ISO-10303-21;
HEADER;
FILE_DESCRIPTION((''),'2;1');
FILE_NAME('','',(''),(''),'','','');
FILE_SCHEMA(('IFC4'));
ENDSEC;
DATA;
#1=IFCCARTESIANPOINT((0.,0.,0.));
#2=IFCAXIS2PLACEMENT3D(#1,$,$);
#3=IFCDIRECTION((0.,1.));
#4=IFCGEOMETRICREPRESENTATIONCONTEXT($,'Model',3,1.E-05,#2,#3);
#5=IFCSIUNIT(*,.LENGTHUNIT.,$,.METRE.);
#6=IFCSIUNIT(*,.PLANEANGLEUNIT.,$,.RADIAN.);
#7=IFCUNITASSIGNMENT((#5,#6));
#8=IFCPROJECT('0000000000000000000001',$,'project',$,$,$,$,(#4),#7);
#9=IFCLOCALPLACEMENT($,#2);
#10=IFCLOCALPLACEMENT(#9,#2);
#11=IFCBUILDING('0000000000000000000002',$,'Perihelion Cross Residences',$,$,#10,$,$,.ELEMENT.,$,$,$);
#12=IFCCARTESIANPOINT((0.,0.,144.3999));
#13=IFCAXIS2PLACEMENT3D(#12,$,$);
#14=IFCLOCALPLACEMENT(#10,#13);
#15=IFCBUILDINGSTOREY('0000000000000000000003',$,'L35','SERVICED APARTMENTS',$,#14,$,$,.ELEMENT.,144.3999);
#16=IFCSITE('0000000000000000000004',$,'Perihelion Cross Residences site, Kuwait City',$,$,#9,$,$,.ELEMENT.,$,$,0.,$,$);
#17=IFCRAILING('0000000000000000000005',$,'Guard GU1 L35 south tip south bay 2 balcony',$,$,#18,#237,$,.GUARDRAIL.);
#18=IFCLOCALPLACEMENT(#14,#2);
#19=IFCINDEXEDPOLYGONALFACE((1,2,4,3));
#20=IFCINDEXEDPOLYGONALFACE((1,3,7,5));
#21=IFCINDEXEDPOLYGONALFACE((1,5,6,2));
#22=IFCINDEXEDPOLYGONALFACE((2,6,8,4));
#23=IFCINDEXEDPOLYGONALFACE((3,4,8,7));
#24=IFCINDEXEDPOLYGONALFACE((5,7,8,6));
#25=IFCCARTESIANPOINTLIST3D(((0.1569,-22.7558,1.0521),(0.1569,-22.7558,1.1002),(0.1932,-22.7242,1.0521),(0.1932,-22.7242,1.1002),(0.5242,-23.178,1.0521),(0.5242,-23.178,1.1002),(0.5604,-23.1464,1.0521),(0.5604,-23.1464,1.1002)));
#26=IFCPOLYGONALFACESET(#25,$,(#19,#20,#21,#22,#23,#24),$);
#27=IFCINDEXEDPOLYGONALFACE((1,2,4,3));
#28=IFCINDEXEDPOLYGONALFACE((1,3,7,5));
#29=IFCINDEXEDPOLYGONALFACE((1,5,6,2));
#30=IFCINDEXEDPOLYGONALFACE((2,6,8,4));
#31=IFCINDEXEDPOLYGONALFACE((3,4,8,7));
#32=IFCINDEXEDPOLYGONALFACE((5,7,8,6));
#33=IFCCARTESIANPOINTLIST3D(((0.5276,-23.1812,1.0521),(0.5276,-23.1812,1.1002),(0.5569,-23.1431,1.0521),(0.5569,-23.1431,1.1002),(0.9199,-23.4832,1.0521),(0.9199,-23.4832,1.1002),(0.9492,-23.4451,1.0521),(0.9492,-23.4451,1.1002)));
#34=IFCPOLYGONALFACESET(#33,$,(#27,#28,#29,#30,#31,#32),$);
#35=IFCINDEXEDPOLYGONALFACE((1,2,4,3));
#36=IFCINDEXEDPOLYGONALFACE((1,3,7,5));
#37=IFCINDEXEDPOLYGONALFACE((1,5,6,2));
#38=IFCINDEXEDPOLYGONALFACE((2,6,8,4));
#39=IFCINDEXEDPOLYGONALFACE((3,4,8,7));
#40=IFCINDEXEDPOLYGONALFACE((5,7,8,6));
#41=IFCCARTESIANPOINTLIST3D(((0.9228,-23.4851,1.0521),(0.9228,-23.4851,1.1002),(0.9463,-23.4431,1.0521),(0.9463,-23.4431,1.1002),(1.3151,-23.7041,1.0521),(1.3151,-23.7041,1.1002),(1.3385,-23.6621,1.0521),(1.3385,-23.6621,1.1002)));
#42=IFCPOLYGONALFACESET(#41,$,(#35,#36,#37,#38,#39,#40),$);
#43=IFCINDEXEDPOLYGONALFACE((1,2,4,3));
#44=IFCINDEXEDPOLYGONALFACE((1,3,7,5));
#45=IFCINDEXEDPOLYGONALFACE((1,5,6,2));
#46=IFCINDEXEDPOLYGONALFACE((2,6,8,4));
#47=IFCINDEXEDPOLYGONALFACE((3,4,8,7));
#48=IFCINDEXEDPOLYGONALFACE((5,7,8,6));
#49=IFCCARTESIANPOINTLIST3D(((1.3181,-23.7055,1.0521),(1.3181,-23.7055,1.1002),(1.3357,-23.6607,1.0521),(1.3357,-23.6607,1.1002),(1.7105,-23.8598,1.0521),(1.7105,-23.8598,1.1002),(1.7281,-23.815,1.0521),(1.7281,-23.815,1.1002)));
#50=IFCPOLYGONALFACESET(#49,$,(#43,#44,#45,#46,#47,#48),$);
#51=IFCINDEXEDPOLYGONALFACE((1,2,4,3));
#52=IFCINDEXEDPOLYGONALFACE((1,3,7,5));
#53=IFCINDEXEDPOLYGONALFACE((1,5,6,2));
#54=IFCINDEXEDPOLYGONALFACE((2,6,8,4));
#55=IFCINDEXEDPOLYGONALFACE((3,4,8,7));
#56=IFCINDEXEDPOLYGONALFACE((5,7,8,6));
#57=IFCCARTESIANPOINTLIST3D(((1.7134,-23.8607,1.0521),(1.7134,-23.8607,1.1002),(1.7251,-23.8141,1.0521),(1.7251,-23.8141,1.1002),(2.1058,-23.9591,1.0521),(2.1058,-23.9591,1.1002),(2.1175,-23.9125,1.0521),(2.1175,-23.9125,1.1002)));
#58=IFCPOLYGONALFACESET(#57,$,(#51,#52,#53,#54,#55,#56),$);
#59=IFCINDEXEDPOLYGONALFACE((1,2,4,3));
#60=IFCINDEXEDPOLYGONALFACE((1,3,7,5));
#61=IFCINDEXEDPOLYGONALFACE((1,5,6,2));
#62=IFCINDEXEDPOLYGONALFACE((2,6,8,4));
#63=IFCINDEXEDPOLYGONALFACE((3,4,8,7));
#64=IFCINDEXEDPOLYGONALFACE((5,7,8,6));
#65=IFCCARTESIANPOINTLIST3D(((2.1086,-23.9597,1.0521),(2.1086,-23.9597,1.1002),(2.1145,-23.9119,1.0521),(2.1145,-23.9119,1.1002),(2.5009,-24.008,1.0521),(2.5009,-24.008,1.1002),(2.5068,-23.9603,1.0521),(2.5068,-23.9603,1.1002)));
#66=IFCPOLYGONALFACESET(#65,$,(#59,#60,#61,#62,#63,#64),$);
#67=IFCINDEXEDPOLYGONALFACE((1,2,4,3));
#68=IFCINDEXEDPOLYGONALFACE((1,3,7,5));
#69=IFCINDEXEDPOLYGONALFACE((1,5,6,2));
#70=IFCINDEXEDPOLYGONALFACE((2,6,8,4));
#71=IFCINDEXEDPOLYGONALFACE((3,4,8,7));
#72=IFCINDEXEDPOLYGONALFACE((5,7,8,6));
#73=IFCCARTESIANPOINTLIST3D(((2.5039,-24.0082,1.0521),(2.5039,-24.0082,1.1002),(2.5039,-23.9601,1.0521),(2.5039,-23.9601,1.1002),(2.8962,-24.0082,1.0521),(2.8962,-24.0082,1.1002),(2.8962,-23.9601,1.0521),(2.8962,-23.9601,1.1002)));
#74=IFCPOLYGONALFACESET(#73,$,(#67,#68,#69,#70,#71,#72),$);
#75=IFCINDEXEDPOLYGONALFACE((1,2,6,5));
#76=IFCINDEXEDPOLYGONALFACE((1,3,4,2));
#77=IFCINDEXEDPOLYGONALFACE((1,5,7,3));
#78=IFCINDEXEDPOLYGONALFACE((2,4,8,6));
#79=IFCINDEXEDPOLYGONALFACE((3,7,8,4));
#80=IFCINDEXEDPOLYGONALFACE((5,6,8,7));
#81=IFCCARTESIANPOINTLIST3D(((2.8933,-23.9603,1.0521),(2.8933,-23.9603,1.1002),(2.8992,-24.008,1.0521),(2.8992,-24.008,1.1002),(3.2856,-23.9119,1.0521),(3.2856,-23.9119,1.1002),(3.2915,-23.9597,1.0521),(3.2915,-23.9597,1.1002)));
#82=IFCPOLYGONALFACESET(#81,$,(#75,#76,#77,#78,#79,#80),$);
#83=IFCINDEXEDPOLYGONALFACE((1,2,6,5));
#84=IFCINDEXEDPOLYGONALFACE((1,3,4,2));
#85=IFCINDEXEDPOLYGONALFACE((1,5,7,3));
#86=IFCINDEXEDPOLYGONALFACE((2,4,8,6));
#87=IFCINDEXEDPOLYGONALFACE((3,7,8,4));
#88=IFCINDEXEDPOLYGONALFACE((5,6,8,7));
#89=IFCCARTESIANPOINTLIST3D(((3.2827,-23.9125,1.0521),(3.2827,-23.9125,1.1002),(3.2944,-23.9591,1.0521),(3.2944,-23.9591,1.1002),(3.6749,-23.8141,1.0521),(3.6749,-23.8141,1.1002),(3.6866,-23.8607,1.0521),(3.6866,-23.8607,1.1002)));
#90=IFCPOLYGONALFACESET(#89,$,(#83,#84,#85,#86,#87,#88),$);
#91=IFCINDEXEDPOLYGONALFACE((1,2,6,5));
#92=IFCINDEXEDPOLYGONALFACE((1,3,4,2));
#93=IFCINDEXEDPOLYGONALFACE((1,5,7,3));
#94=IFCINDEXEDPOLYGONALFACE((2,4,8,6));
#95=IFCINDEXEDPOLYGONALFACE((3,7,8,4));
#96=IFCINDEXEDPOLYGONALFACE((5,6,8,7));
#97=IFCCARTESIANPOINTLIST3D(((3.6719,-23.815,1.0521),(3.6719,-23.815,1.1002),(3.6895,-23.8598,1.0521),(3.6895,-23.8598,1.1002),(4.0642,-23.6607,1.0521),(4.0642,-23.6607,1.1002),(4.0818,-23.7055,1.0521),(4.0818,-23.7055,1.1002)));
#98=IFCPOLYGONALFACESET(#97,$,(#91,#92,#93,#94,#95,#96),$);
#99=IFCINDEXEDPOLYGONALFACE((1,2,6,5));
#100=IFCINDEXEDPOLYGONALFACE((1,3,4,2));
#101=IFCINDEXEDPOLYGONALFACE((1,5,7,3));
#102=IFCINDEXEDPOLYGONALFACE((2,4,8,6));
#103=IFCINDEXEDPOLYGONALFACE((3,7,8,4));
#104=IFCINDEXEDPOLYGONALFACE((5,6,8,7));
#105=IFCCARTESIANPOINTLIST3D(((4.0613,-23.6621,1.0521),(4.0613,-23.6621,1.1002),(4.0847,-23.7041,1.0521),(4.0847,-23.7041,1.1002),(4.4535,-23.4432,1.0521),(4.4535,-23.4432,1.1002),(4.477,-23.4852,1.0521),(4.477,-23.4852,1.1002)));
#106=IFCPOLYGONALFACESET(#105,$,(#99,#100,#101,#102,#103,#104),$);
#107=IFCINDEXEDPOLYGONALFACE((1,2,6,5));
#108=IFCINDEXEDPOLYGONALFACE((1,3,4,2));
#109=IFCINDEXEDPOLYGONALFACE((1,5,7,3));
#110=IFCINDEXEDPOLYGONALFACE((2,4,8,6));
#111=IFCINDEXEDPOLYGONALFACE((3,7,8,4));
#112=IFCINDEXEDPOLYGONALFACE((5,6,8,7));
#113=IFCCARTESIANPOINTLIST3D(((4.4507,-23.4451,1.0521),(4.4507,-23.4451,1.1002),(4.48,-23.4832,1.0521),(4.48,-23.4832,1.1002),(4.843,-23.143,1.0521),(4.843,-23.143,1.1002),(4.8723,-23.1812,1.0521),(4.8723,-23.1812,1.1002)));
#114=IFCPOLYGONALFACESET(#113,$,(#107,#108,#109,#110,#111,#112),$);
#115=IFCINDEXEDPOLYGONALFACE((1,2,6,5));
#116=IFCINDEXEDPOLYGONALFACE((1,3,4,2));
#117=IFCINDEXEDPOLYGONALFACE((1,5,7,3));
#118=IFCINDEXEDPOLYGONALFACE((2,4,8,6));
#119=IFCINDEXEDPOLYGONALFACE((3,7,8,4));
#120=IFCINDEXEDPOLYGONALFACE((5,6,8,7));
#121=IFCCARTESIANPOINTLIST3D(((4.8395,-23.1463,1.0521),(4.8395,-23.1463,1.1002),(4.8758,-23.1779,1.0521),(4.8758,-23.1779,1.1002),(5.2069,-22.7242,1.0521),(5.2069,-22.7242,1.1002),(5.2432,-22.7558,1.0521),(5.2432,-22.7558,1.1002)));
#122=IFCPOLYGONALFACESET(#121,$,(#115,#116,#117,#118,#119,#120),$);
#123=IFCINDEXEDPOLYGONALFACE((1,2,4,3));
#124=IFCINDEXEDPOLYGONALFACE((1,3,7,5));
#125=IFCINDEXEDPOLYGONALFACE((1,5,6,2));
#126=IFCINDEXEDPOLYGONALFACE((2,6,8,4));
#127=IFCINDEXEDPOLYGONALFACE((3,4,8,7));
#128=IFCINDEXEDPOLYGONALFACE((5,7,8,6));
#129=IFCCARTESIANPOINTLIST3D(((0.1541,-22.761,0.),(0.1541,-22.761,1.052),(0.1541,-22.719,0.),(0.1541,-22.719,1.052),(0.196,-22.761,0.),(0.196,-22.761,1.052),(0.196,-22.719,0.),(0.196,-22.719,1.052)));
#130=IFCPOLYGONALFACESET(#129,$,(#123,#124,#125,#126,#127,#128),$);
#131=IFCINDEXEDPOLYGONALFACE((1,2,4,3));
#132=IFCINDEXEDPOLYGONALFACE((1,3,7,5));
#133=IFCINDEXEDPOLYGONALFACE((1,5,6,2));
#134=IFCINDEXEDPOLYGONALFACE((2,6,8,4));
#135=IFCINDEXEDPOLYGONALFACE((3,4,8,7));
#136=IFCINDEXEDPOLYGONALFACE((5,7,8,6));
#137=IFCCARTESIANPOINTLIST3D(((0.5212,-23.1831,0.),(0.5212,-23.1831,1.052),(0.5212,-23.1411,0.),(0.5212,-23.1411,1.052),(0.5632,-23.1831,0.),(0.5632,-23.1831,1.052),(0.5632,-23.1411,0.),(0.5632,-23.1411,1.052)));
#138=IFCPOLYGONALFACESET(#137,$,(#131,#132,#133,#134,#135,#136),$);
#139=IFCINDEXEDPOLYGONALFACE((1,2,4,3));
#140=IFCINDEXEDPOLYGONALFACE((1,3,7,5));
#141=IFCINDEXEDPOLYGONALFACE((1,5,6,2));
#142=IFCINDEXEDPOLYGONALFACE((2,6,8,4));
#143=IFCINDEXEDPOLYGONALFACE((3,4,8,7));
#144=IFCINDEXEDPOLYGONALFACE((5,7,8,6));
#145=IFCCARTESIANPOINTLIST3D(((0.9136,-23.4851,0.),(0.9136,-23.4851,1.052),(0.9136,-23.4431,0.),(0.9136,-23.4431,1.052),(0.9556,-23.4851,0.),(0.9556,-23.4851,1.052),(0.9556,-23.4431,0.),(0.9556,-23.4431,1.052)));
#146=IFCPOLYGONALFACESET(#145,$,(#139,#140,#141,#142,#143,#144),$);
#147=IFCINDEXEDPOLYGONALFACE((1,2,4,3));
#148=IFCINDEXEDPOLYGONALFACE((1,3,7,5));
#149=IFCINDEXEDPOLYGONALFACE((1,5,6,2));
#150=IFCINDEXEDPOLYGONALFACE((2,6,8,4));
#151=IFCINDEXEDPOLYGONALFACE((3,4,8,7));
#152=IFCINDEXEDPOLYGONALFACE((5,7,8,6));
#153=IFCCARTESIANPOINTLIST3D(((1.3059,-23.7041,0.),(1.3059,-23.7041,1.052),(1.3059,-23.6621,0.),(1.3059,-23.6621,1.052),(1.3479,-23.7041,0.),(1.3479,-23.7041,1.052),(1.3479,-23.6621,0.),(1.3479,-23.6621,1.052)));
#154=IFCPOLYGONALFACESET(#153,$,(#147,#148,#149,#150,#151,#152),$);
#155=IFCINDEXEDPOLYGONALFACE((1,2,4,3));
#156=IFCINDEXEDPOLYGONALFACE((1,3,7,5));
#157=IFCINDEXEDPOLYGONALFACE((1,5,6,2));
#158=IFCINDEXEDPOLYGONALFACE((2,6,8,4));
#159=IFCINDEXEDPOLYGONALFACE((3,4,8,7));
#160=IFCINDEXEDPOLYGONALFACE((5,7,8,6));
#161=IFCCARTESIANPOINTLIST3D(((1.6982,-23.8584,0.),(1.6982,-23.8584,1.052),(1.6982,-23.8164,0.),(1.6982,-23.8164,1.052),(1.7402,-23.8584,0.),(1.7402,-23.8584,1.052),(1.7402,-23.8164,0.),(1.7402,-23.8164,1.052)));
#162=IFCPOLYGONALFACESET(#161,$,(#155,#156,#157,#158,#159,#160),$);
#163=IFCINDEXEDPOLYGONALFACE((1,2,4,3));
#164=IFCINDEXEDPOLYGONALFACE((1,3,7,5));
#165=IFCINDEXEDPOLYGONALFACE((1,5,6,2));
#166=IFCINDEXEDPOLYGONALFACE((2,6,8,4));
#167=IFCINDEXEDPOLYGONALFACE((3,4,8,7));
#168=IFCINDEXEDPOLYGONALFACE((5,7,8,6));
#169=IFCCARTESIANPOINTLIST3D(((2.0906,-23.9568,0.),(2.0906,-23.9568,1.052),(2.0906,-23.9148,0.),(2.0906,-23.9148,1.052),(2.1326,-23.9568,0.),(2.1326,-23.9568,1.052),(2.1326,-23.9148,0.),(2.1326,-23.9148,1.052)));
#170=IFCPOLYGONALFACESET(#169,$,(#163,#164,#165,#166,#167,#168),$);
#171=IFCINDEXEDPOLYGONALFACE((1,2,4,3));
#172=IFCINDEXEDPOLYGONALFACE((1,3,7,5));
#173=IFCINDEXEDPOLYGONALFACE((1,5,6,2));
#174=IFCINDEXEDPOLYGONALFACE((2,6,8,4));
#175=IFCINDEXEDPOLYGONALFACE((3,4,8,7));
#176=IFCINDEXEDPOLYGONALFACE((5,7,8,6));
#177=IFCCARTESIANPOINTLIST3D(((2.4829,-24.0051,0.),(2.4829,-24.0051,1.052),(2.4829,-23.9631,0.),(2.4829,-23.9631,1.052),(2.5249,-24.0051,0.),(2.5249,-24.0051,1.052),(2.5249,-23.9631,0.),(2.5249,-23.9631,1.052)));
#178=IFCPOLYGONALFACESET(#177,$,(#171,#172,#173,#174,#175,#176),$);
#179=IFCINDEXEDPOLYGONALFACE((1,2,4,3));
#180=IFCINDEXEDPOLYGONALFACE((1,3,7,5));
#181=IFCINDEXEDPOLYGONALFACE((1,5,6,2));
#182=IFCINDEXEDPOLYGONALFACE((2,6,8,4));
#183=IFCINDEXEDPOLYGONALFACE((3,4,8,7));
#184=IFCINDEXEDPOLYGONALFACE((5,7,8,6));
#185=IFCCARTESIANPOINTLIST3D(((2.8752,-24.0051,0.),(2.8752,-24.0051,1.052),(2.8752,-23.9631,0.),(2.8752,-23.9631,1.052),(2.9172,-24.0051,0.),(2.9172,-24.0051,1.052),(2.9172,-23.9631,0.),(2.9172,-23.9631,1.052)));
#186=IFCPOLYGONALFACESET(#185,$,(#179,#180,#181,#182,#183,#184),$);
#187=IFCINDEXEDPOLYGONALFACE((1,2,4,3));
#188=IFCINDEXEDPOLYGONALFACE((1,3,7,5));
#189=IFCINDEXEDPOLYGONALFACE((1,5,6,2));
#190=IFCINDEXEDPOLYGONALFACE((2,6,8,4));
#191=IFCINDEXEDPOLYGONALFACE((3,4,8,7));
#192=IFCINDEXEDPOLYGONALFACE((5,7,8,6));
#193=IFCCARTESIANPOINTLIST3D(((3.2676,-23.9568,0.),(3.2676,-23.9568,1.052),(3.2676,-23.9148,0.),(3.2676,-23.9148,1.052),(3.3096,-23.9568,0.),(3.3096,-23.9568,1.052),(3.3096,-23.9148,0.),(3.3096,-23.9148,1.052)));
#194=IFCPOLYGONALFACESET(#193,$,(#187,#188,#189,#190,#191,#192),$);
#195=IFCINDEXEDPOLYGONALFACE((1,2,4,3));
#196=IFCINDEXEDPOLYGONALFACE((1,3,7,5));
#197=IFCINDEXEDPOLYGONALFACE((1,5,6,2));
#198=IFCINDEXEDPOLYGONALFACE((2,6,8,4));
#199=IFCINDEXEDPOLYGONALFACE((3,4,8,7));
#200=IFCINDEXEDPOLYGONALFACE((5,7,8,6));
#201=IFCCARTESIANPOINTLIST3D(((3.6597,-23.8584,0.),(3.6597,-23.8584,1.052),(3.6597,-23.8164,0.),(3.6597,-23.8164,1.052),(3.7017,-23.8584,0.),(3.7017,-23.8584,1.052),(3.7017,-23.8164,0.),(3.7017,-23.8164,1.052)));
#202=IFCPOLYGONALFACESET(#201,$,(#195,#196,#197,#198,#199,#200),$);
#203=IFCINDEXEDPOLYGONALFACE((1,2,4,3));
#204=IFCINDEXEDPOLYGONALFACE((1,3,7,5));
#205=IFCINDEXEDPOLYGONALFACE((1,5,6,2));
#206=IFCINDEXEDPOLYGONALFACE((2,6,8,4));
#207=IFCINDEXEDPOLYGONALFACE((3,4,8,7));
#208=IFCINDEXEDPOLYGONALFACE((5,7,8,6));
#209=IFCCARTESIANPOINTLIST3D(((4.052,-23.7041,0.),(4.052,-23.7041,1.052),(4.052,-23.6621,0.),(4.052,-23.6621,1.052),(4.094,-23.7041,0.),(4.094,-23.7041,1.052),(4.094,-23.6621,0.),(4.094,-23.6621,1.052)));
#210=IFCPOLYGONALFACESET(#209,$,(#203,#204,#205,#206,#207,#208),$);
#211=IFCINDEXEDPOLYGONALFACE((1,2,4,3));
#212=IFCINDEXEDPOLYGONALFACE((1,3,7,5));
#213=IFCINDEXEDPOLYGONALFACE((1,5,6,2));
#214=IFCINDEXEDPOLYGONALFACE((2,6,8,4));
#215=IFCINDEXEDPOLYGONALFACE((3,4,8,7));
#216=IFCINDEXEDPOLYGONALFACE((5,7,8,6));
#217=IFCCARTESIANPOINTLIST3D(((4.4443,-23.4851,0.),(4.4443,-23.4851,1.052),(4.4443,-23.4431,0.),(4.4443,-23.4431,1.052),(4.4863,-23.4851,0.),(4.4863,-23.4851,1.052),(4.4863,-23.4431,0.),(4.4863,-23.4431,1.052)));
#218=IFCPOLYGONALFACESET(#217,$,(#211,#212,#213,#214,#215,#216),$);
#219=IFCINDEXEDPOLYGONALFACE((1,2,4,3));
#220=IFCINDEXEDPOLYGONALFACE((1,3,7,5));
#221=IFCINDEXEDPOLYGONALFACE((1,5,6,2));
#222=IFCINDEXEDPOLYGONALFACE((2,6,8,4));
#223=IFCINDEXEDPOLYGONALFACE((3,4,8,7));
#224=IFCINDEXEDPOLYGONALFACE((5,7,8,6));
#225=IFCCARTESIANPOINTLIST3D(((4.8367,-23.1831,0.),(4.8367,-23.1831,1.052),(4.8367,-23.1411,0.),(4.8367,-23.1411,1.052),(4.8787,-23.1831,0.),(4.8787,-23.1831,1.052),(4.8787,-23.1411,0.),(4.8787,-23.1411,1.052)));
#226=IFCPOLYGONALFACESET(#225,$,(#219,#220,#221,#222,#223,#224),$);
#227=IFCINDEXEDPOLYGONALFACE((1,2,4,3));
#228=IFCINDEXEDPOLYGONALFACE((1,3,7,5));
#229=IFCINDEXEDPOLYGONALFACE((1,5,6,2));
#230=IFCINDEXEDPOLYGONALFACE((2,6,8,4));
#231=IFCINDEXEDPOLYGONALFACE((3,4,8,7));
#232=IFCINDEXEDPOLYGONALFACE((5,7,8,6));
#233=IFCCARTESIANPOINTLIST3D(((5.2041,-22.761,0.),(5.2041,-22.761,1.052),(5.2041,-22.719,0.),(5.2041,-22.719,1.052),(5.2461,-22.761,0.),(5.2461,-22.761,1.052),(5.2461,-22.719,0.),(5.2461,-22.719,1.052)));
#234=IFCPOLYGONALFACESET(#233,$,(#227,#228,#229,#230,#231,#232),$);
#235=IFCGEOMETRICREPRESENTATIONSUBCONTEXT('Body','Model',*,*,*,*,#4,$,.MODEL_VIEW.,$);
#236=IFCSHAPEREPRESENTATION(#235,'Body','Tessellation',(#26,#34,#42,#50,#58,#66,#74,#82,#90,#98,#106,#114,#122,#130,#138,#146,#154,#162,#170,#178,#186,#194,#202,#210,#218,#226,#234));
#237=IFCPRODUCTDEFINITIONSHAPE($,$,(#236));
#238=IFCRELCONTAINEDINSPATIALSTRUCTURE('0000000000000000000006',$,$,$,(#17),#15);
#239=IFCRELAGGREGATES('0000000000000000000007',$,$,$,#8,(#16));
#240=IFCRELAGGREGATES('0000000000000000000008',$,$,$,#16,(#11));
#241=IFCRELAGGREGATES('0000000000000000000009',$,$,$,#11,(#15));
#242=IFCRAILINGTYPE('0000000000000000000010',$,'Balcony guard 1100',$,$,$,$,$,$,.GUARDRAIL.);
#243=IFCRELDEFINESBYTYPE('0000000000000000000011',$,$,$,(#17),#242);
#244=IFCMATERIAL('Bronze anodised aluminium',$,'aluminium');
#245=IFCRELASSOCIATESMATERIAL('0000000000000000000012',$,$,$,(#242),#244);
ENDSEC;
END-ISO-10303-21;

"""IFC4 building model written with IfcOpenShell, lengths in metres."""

from ifc_helpers import new_model, si_unit, direction, frame, origin, origin_2d, place, context, subcontext, project, spatial, rectangle, extrude, material, type_object, element, save


model = new_model("IFC4")

# Units and contexts
model_context = context("Model", 3, precision=1e-05, world=origin(), true_north=direction((0.0, 1.0)))
body_context = subcontext(model_context, "Body", "Model", "MODEL_VIEW")
ifc_project = project(units=[si_unit("LENGTHUNIT", "METRE"), si_unit("PLANEANGLEUNIT", "RADIAN")], contexts=[model_context])

# Site, building, storey
site_placement = place(None, origin())
site = spatial("IfcSite", under=ifc_project, at=site_placement, Name="Perihelion Cross Residences site, Kuwait City", CompositionType="ELEMENT", RefElevation=0.0)
building_placement = place(site_placement, origin())
building = spatial("IfcBuilding", under=site, at=building_placement, Name="Perihelion Cross Residences", CompositionType="ELEMENT")
storey_placement = place(building_placement, frame((0.0, 0.0, 144.3999)))
storey = spatial("IfcBuildingStorey", under=building, at=storey_placement, Name="L35", Description="SERVICED APARTMENTS", CompositionType="ELEMENT", Elevation=144.3999)

# Railing
ifc_material_1 = material(Name="Bronze anodised aluminium", Category="aluminium")
railing_type = type_object("IfcRailingType", Name="Balcony guard 1100", PredefinedType="GUARDRAIL", material=ifc_material_1)
railing_placement = place(storey_placement, frame((0.175, -22.74, 0.0)))
element("IfcRailing", 1, at=railing_placement, inside=storey, type_object=railing_type, Name="Guard GU1 L35 south tip south bay 2 balcony", PredefinedType="GUARDRAIL", context=body_context, shape_type="SweptSolid", body=[
    extrude(rectangle(XDim=0.0481, YDim=0.0481, at=origin_2d()), frame((0.0, 0.0, 1.0762), z_axis=(0.656308, -0.754493, 0.0), x_axis=(0.754493, 0.656308, 0.0)), (0.0, 0.0, 1.0), 0.5596),
    extrude(rectangle(XDim=0.0481, YDim=0.0481, at=origin_2d()), frame((0.3672, -0.4221, 1.0762), z_axis=(0.792422, -0.609973, 0.0), x_axis=(0.609973, 0.792422, 0.0)), (0.0, 0.0, 1.0), 0.4951),
    extrude(rectangle(XDim=0.0481, YDim=0.0481, at=origin_2d()), frame((0.7595, -0.7241, 1.0762), z_axis=(0.873182, -0.487395, 0.0), x_axis=(0.487395, 0.873182, 0.0)), (0.0, 0.0, 1.0), 0.4492),
    extrude(rectangle(XDim=0.0481, YDim=0.0481, at=origin_2d()), frame((1.1519, -0.9431, 1.0762), z_axis=(0.930618, -0.365993, 0.0), x_axis=(0.365993, 0.930618, 0.0)), (0.0, 0.0, 1.0), 0.4216),
    extrude(rectangle(XDim=0.0481, YDim=0.0481, at=origin_2d()), frame((1.5442, -1.0974, 1.0762), z_axis=(0.969965, -0.243246, 0.0), x_axis=(0.243246, 0.969965, 0.0)), (0.0, 0.0, 1.0), 0.4045),
    extrude(rectangle(XDim=0.0481, YDim=0.0481, at=origin_2d()), frame((1.9365, -1.1958, 1.0762), z_axis=(0.992495, -0.122286, 0.0), x_axis=(0.122286, 0.992495, 0.0)), (0.0, 0.0, 1.0), 0.3953),
    extrude(rectangle(XDim=0.0481, YDim=0.0481, at=origin_2d()), frame((2.3289, -1.2441, 1.0762), z_axis=(1.0, 0.0, 0.0), x_axis=(0.0, 1.0, 0.0)), (0.0, 0.0, 1.0), 0.3923),
    extrude(rectangle(XDim=0.0481, YDim=0.0481, at=origin_2d()), frame((2.7212, -1.2441, 1.0762), z_axis=(0.992495, 0.122286, 0.0), x_axis=(-0.122286, 0.992495, 0.0)), (0.0, 0.0, 1.0), 0.3953),
    extrude(rectangle(XDim=0.0481, YDim=0.0481, at=origin_2d()), frame((3.1135, -1.1958, 1.0762), z_axis=(0.969929, 0.243388, 0.0), x_axis=(-0.243388, 0.969929, 0.0)), (0.0, 0.0, 1.0), 0.4043),
    extrude(rectangle(XDim=0.0481, YDim=0.0481, at=origin_2d()), frame((3.5056, -1.0974, 1.0762), z_axis=(0.930618, 0.365993, 0.0), x_axis=(-0.365993, 0.930618, 0.0)), (0.0, 0.0, 1.0), 0.4216),
    extrude(rectangle(XDim=0.0481, YDim=0.0481, at=origin_2d()), frame((3.8979, -0.9431, 1.0762), z_axis=(0.873182, 0.487395, 0.0), x_axis=(-0.487395, 0.873182, 0.0)), (0.0, 0.0, 1.0), 0.4492),
    extrude(rectangle(XDim=0.0481, YDim=0.0481, at=origin_2d()), frame((4.2903, -0.7241, 1.0762), z_axis=(0.792422, 0.609973, 0.0), x_axis=(-0.609973, 0.792422, 0.0)), (0.0, 0.0, 1.0), 0.4951),
    extrude(rectangle(XDim=0.0481, YDim=0.0481, at=origin_2d()), frame((4.6826, -0.4221, 1.0762), z_axis=(0.656557, 0.754277, 0.0), x_axis=(-0.754277, 0.656557, 0.0)), (0.0, 0.0, 1.0), 0.5596),
    extrude(rectangle(XDim=0.042, YDim=0.042, at=origin_2d()), origin(), (0.0, 0.0, 1.0), 1.052),
    extrude(rectangle(XDim=0.042, YDim=0.042, at=origin_2d()), frame((0.3672, -0.4221, 0.0)), (0.0, 0.0, 1.0), 1.052),
    extrude(rectangle(XDim=0.042, YDim=0.042, at=origin_2d()), frame((0.7595, -0.7241, 0.0)), (0.0, 0.0, 1.0), 1.052),
    extrude(rectangle(XDim=0.042, YDim=0.042, at=origin_2d()), frame((1.1519, -0.9431, 0.0)), (0.0, 0.0, 1.0), 1.052),
    extrude(rectangle(XDim=0.042, YDim=0.042, at=origin_2d()), frame((1.5442, -1.0974, 0.0)), (0.0, 0.0, 1.0), 1.052),
    extrude(rectangle(XDim=0.042, YDim=0.042, at=origin_2d()), frame((1.9365, -1.1958, 0.0)), (0.0, 0.0, 1.0), 1.052),
    extrude(rectangle(XDim=0.042, YDim=0.042, at=origin_2d()), frame((2.3289, -1.2441, 0.0)), (0.0, 0.0, 1.0), 1.052),
    extrude(rectangle(XDim=0.042, YDim=0.042, at=origin_2d()), frame((2.7212, -1.2441, 0.0)), (0.0, 0.0, 1.0), 1.052),
    extrude(rectangle(XDim=0.042, YDim=0.042, at=origin_2d()), frame((3.1135, -1.1958, 0.0)), (0.0, 0.0, 1.0), 1.052),
    extrude(rectangle(XDim=0.042, YDim=0.042, at=origin_2d()), frame((3.5056, -1.0974, 0.0)), (0.0, 0.0, 1.0), 1.052),
    extrude(rectangle(XDim=0.042, YDim=0.042, at=origin_2d()), frame((3.8979, -0.9431, 0.0)), (0.0, 0.0, 1.0), 1.052),
    extrude(rectangle(XDim=0.042, YDim=0.042, at=origin_2d()), frame((4.2903, -0.7241, 0.0)), (0.0, 0.0, 1.0), 1.052),
    extrude(rectangle(XDim=0.042, YDim=0.042, at=origin_2d()), frame((4.6826, -0.4221, 0.0)), (0.0, 0.0, 1.0), 1.052),
    extrude(rectangle(XDim=0.042, YDim=0.042, at=origin_2d()), frame((5.05, 0.0, 0.0)), (0.0, 0.0, 1.0), 1.052),
])

save(model, "model.ifc")
